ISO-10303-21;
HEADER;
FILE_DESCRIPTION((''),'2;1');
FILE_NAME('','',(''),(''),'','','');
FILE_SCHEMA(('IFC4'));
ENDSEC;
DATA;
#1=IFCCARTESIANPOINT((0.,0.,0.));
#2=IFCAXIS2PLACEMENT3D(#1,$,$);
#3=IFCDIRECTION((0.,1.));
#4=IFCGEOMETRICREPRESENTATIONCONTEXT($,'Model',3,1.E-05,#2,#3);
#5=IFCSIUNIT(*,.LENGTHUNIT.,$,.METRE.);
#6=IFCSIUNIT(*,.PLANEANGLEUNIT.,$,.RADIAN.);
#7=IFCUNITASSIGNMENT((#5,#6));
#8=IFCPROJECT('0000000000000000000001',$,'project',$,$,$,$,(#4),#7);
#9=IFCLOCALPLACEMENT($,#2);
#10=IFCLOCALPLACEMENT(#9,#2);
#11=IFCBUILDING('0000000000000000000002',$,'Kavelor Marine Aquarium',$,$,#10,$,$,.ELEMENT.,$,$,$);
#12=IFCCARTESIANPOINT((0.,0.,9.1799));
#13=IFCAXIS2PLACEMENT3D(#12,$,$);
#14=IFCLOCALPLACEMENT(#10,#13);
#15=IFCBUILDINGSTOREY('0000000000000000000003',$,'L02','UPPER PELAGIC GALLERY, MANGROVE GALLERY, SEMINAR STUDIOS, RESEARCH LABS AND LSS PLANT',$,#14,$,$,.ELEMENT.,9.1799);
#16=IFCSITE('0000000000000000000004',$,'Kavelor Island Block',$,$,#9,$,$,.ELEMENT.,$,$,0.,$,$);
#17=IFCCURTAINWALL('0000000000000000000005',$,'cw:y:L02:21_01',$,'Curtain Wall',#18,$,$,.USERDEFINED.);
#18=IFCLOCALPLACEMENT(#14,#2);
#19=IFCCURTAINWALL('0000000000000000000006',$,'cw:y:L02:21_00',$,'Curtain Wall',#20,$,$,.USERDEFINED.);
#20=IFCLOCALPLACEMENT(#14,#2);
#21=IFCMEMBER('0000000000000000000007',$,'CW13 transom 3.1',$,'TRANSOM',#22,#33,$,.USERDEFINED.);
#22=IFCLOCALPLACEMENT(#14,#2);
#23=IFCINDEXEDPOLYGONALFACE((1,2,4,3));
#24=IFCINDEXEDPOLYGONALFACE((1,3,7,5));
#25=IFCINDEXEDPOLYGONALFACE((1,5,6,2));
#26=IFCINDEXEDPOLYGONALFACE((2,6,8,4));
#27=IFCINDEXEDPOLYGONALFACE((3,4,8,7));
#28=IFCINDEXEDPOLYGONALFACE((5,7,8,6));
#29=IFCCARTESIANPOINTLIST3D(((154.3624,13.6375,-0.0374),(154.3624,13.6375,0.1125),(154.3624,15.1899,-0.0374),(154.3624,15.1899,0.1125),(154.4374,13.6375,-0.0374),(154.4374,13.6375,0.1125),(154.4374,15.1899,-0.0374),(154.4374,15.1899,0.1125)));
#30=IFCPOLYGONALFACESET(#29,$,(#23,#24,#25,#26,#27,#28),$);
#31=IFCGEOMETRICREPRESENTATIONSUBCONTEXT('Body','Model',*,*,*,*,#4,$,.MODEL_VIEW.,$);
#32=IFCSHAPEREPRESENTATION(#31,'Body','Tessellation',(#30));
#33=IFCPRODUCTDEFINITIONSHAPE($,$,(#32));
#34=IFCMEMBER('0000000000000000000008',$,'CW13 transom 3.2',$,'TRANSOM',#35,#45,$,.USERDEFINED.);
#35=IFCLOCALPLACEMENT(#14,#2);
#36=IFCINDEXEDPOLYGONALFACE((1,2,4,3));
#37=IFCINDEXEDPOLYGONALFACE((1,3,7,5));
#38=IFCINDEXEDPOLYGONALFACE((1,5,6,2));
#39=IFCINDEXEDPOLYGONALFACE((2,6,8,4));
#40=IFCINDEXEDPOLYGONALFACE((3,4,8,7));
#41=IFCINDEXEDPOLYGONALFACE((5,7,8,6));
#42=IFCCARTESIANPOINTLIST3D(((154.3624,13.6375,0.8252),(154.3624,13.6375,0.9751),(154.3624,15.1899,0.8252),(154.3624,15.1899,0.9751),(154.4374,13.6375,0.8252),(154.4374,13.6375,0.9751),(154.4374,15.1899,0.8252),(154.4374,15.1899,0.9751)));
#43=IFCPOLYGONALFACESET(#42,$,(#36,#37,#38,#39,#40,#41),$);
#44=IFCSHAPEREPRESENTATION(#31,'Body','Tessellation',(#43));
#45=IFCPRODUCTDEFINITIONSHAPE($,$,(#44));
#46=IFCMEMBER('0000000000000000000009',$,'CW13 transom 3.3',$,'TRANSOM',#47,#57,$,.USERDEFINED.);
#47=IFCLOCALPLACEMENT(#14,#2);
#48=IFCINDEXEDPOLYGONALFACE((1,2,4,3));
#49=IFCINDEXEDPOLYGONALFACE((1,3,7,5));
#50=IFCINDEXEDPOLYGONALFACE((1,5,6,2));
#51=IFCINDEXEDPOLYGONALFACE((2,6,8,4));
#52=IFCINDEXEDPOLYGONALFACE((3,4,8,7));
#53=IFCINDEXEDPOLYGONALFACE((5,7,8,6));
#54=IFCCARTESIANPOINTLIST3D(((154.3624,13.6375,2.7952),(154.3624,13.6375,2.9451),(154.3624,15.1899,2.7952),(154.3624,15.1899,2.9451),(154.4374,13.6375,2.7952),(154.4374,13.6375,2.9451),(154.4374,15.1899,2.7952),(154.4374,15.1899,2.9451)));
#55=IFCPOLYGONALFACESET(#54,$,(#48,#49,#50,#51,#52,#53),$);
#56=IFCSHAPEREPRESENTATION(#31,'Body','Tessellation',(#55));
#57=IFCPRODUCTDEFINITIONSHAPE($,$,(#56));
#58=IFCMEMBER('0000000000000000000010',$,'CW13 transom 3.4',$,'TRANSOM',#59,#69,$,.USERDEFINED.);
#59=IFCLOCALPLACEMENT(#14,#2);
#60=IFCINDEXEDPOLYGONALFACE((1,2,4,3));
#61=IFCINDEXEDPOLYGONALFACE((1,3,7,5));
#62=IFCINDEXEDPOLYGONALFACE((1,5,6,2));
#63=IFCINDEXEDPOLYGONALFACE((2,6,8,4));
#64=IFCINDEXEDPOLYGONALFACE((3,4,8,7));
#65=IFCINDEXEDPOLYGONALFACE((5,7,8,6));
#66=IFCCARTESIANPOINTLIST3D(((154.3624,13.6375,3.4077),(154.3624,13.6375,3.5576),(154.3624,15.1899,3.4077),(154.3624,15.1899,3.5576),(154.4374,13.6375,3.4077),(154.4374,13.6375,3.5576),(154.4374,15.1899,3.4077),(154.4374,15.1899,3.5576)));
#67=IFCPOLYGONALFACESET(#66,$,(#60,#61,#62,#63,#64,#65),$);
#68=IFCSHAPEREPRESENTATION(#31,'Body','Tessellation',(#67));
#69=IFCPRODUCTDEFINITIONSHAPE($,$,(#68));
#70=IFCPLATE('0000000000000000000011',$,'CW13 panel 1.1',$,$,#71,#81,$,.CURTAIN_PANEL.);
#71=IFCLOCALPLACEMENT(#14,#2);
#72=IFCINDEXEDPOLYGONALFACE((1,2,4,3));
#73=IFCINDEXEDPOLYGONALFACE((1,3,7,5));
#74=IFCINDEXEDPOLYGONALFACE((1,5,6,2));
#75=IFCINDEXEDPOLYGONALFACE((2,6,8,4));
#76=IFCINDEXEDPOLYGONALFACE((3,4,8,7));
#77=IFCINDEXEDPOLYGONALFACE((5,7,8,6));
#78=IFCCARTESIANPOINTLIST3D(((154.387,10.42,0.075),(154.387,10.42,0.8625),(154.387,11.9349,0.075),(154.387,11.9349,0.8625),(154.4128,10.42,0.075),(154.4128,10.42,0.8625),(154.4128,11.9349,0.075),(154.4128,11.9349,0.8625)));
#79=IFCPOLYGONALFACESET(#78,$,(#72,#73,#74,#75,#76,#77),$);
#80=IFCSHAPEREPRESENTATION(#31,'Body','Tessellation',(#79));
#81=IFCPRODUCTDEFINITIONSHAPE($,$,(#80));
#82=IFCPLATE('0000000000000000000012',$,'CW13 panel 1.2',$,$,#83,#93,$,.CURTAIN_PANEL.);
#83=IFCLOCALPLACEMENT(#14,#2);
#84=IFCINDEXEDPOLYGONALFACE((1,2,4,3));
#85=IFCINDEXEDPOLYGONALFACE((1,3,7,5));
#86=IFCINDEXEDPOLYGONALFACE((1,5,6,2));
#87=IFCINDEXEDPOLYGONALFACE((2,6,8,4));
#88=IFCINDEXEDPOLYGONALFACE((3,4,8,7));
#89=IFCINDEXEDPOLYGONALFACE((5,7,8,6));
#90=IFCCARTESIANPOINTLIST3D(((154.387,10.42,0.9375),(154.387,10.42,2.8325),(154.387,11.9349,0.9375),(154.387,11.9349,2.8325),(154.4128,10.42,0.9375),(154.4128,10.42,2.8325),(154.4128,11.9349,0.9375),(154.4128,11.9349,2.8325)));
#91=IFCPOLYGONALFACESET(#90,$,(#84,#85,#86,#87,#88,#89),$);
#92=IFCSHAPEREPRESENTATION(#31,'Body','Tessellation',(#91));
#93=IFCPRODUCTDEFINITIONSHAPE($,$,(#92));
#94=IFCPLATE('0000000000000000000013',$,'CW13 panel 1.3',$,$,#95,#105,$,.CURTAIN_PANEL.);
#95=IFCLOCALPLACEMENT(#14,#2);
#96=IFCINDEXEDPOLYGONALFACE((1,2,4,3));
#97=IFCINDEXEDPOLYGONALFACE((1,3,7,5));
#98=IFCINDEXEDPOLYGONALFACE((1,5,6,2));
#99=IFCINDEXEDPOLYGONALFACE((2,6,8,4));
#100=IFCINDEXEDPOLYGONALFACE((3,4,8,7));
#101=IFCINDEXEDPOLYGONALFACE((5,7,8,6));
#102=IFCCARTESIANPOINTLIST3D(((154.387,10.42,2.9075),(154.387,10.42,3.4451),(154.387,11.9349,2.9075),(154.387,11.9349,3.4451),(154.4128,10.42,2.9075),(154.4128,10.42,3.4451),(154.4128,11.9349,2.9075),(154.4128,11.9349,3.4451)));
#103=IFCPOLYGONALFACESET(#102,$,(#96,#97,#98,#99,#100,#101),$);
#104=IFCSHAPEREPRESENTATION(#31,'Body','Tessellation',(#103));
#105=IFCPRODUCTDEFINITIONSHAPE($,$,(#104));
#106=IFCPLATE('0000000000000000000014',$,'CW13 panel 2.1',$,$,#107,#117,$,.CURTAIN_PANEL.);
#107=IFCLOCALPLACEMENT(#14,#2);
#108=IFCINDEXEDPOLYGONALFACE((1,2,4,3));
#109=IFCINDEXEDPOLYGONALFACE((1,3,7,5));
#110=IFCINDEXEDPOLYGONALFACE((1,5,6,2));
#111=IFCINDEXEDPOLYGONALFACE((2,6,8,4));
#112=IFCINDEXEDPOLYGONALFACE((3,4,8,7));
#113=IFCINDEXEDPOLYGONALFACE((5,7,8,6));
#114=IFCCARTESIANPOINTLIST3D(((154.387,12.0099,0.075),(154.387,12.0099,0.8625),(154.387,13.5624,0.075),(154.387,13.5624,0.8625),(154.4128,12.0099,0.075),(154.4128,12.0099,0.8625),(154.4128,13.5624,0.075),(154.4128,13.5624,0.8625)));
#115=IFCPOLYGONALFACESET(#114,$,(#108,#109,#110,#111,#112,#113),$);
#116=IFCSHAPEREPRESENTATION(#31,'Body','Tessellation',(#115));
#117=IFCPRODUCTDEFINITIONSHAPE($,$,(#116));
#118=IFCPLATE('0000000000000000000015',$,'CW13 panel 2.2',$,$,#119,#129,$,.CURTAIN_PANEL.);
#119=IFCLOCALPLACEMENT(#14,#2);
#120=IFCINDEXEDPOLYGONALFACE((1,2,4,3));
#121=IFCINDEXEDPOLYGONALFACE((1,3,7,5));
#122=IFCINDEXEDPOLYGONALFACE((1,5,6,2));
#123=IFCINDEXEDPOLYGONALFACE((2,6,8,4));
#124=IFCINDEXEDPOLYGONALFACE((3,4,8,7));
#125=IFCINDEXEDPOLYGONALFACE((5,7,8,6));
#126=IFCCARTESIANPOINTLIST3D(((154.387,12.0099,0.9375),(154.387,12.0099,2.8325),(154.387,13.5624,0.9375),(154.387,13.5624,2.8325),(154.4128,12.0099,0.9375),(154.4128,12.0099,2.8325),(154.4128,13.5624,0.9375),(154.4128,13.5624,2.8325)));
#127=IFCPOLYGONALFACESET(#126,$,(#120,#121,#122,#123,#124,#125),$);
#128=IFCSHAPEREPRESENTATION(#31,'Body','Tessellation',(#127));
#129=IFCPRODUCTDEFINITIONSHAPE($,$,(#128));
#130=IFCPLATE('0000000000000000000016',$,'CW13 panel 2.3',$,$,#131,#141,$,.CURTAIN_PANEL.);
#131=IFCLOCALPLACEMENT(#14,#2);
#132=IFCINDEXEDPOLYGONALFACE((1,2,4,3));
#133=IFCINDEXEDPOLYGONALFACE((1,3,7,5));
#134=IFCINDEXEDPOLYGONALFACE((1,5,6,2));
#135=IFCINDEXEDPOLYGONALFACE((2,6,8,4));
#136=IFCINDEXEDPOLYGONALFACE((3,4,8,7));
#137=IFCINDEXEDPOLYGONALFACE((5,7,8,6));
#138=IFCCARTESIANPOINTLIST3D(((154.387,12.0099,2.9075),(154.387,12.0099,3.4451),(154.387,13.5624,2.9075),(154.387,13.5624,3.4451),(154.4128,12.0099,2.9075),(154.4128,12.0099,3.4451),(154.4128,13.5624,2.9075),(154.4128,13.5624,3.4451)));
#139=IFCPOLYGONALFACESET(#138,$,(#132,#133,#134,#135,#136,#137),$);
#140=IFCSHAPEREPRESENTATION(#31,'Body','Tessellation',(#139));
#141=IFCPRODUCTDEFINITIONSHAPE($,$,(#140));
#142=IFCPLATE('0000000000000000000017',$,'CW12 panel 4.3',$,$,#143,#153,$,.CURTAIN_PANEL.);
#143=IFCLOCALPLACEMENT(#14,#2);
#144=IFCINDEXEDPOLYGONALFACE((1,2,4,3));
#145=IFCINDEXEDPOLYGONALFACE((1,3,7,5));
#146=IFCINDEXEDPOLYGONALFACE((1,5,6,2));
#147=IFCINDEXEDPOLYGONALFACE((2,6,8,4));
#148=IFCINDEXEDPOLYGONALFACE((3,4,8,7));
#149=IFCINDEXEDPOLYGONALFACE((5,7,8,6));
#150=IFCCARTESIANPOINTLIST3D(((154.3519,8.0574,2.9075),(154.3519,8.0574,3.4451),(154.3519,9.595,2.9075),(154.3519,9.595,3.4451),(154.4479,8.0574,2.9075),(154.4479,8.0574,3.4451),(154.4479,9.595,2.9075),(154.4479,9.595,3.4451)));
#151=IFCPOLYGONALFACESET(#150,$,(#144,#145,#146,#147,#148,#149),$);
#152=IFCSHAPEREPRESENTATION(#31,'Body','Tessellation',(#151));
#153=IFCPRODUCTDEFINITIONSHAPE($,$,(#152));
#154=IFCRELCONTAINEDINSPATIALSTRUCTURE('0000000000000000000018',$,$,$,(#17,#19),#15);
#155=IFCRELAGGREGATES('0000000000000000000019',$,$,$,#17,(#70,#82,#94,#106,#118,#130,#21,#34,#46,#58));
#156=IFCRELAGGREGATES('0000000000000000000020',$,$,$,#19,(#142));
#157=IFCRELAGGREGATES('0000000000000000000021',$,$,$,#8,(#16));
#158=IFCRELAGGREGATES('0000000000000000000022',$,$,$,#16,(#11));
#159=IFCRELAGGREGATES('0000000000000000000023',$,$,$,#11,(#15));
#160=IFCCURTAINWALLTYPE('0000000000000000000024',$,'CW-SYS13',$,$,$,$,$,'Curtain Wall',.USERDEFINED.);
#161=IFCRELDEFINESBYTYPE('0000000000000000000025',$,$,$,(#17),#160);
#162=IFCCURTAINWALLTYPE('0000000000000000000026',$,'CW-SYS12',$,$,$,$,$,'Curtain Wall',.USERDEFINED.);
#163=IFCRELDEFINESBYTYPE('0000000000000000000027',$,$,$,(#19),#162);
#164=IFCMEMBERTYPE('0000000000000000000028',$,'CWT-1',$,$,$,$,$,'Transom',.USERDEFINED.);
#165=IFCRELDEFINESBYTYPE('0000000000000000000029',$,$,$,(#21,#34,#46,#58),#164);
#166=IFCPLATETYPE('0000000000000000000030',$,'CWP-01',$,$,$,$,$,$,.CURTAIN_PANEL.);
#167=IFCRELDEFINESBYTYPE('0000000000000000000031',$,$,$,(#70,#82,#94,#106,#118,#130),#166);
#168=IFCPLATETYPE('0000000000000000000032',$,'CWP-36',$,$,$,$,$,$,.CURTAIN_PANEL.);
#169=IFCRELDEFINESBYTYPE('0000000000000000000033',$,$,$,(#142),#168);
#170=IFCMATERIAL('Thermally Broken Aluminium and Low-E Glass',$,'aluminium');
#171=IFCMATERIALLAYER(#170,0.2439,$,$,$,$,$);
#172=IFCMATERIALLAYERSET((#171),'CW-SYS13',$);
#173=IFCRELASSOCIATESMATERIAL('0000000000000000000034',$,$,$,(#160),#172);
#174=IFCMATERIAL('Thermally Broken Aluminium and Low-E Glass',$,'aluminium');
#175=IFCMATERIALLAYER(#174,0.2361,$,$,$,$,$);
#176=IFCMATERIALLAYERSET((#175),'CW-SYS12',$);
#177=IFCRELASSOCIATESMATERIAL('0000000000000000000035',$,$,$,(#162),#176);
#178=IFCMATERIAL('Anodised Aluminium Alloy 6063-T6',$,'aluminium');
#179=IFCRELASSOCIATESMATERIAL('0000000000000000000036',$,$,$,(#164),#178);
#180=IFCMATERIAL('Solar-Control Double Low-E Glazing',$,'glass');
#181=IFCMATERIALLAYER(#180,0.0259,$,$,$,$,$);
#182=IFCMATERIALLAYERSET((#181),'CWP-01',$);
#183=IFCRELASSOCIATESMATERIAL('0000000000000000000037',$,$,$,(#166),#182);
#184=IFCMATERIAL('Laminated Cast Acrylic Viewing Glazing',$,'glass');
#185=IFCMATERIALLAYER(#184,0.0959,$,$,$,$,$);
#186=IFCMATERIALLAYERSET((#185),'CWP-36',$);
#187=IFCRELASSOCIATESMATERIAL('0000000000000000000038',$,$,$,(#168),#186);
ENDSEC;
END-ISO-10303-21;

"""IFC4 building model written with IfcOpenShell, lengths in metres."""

from ifc_helpers import new_model, si_unit, direction, frame, origin, origin_2d, place, context, subcontext, project, spatial, rectangle, extrude, material, layer, layer_set, material_profile, profile_set, type_object, element, aggregate, save


model = new_model("IFC4")

# Units and contexts
model_context = context("Model", 3, precision=1e-05, world=origin(), true_north=direction((0.0, 1.0)))
body_context = subcontext(model_context, "Body", "Model", "MODEL_VIEW")
ifc_project = project(units=[si_unit("LENGTHUNIT", "METRE"), si_unit("PLANEANGLEUNIT", "RADIAN")], contexts=[model_context])

# Site, building, storey
site_placement = place(None, origin())
site = spatial("IfcSite", under=ifc_project, at=site_placement, Name="Kavelor Island Block", CompositionType="ELEMENT", RefElevation=0.0)
building_placement = place(site_placement, origin())
building = spatial("IfcBuilding", under=site, at=building_placement, Name="Kavelor Marine Aquarium", CompositionType="ELEMENT")
storey_placement = place(building_placement, frame((0.0, 0.0, 9.1799)))
storey = spatial("IfcBuildingStorey", under=building, at=storey_placement, Name="L02", Description="UPPER PELAGIC GALLERY, MANGROVE GALLERY, SEMINAR STUDIOS, RESEARCH LABS AND LSS PLANT", CompositionType="ELEMENT", Elevation=9.1799)

# Curtain wall
ifc_material_1 = material(Name="Thermally Broken Aluminium and Low-E Glass", Category="aluminium")
ifc_layer_1 = layer(ifc_material_1, 0.2439)
ifc_layer_set_1 = layer_set([ifc_layer_1], Name="CW-SYS13")
curtain_wall_type_1 = type_object("IfcCurtainWallType", Name="CW-SYS13", ElementType="Curtain Wall", PredefinedType="USERDEFINED", material=ifc_layer_set_1)
curtain_wall_1_placement = place(storey_placement, origin())
curtain_wall_1 = element("IfcCurtainWall", 1, at=curtain_wall_1_placement, inside=storey, type_object=curtain_wall_type_1, Name="cw:y:L02:21_01", ObjectType="Curtain Wall", PredefinedType="USERDEFINED")

# Curtain wall
ifc_material_2 = material(Name="Thermally Broken Aluminium and Low-E Glass", Category="aluminium")
ifc_layer_2 = layer(ifc_material_2, 0.2361)
ifc_layer_set_2 = layer_set([ifc_layer_2], Name="CW-SYS12")
curtain_wall_type_2 = type_object("IfcCurtainWallType", Name="CW-SYS12", ElementType="Curtain Wall", PredefinedType="USERDEFINED", material=ifc_layer_set_2)
curtain_wall_2_placement = place(storey_placement, origin())
curtain_wall_2 = element("IfcCurtainWall", 2, at=curtain_wall_2_placement, inside=storey, type_object=curtain_wall_type_2, Name="cw:y:L02:21_00", ObjectType="Curtain Wall", PredefinedType="USERDEFINED")

# Members
ifc_material_3 = material(Name="Anodised Aluminium Alloy 6063-T6", Category="aluminium")
ifc_material_profile_1 = material_profile(ifc_material_3, rectangle(XDim=0.075, YDim=0.1499, at=origin_2d()), Name="CW-TRN 75x150")
ifc_profile_set_1 = profile_set([ifc_material_profile_1], Name="Anodised Aluminium Alloy 6063-T6")
member_type_1 = type_object("IfcMemberType", Name="CWT-1", ElementType="Transom", PredefinedType="USERDEFINED", material=ifc_profile_set_1)
member_1_placement = place(storey_placement, frame((154.3999, 13.6375, 0.0376), z_axis=(0.0, 1.0, 0.0), x_axis=(-1.0, 0.0, 0.0)))
member_1 = element("IfcMember", 3, at=member_1_placement, type_object=member_type_1, Name="CW13 transom 3.1", ObjectType="TRANSOM", PredefinedType="USERDEFINED", context=body_context, shape_type="SweptSolid", body=[
    extrude(rectangle(XDim=0.075, YDim=0.1499, at=origin_2d()), origin(), (0.0, 0.0, 1.0), 1.5525),
])
member_2_placement = place(storey_placement, frame((154.3999, 13.6375, 0.9001), z_axis=(0.0, 1.0, 0.0), x_axis=(-1.0, 0.0, 0.0)))
member_2 = element("IfcMember", 4, at=member_2_placement, type_object=member_type_1, Name="CW13 transom 3.2", ObjectType="TRANSOM", PredefinedType="USERDEFINED", context=body_context, shape_type="SweptSolid", body=[
    extrude(rectangle(XDim=0.075, YDim=0.1499, at=origin_2d()), origin(), (0.0, 0.0, 1.0), 1.5525),
])
member_3_placement = place(storey_placement, frame((154.3999, 13.6375, 2.8701), z_axis=(0.0, 1.0, 0.0), x_axis=(-1.0, 0.0, 0.0)))
member_3 = element("IfcMember", 5, at=member_3_placement, type_object=member_type_1, Name="CW13 transom 3.3", ObjectType="TRANSOM", PredefinedType="USERDEFINED", context=body_context, shape_type="SweptSolid", body=[
    extrude(rectangle(XDim=0.075, YDim=0.1499, at=origin_2d()), origin(), (0.0, 0.0, 1.0), 1.5525),
])
member_4_placement = place(storey_placement, frame((154.3999, 13.6375, 3.4827), z_axis=(0.0, 1.0, 0.0), x_axis=(-1.0, 0.0, 0.0)))
member_4 = element("IfcMember", 6, at=member_4_placement, type_object=member_type_1, Name="CW13 transom 3.4", ObjectType="TRANSOM", PredefinedType="USERDEFINED", context=body_context, shape_type="SweptSolid", body=[
    extrude(rectangle(XDim=0.075, YDim=0.1499, at=origin_2d()), origin(), (0.0, 0.0, 1.0), 1.5525),
])

# Plates
ifc_material_4 = material(Name="Solar-Control Double Low-E Glazing", Category="glass")
ifc_layer_3 = layer(ifc_material_4, 0.0259)
ifc_layer_set_3 = layer_set([ifc_layer_3], Name="CWP-01")
plate_type_1 = type_object("IfcPlateType", Name="CWP-01", PredefinedType="CURTAIN_PANEL", material=ifc_layer_set_3)
plate_1_placement = place(storey_placement, frame((154.3999, 11.1775, 0.075), z_axis=(0.0, 0.0, 1.0), x_axis=(0.0, 1.0, 0.0)))
plate_1 = element("IfcPlate", 7, at=plate_1_placement, type_object=plate_type_1, Name="CW13 panel 1.1", PredefinedType="CURTAIN_PANEL", context=body_context, shape_type="SweptSolid", body=[
    extrude(rectangle(XDim=1.5149, YDim=0.0259, at=origin_2d()), origin(), (0.0, 0.0, 1.0), 0.7876),
])
plate_2_placement = place(storey_placement, frame((154.3999, 11.1775, 0.9375), z_axis=(0.0, 0.0, 1.0), x_axis=(0.0, 1.0, 0.0)))
plate_2 = element("IfcPlate", 8, at=plate_2_placement, type_object=plate_type_1, Name="CW13 panel 1.2", PredefinedType="CURTAIN_PANEL", context=body_context, shape_type="SweptSolid", body=[
    extrude(rectangle(XDim=1.5149, YDim=0.0259, at=origin_2d()), origin(), (0.0, 0.0, 1.0), 1.895),
])
plate_3_placement = place(storey_placement, frame((154.3999, 11.1775, 2.9075), z_axis=(0.0, 0.0, 1.0), x_axis=(0.0, 1.0, 0.0)))
plate_3 = element("IfcPlate", 9, at=plate_3_placement, type_object=plate_type_1, Name="CW13 panel 1.3", PredefinedType="CURTAIN_PANEL", context=body_context, shape_type="SweptSolid", body=[
    extrude(rectangle(XDim=1.5149, YDim=0.0259, at=origin_2d()), origin(), (0.0, 0.0, 1.0), 0.5376),
])
plate_4_placement = place(storey_placement, frame((154.3999, 12.7861, 0.075), z_axis=(0.0, 0.0, 1.0), x_axis=(0.0, 1.0, 0.0)))
plate_4 = element("IfcPlate", 10, at=plate_4_placement, type_object=plate_type_1, Name="CW13 panel 2.1", PredefinedType="CURTAIN_PANEL", context=body_context, shape_type="SweptSolid", body=[
    extrude(rectangle(XDim=1.5525, YDim=0.0259, at=origin_2d()), origin(), (0.0, 0.0, 1.0), 0.7876),
])
plate_5_placement = place(storey_placement, frame((154.3999, 12.7861, 0.9375), z_axis=(0.0, 0.0, 1.0), x_axis=(0.0, 1.0, 0.0)))
plate_5 = element("IfcPlate", 11, at=plate_5_placement, type_object=plate_type_1, Name="CW13 panel 2.2", PredefinedType="CURTAIN_PANEL", context=body_context, shape_type="SweptSolid", body=[
    extrude(rectangle(XDim=1.5525, YDim=0.0259, at=origin_2d()), origin(), (0.0, 0.0, 1.0), 1.895),
])
plate_6_placement = place(storey_placement, frame((154.3999, 12.7861, 2.9075), z_axis=(0.0, 0.0, 1.0), x_axis=(0.0, 1.0, 0.0)))
plate_6 = element("IfcPlate", 12, at=plate_6_placement, type_object=plate_type_1, Name="CW13 panel 2.3", PredefinedType="CURTAIN_PANEL", context=body_context, shape_type="SweptSolid", body=[
    extrude(rectangle(XDim=1.5525, YDim=0.0259, at=origin_2d()), origin(), (0.0, 0.0, 1.0), 0.5376),
])
aggregate(curtain_wall_1, [plate_1, plate_2, plate_3, plate_4, plate_5, plate_6, member_1, member_2, member_3, member_4])
ifc_material_5 = material(Name="Laminated Cast Acrylic Viewing Glazing", Category="glass")
ifc_layer_4 = layer(ifc_material_5, 0.0959)
ifc_layer_set_4 = layer_set([ifc_layer_4], Name="CWP-36")
plate_type_2 = type_object("IfcPlateType", Name="CWP-36", PredefinedType="CURTAIN_PANEL", material=ifc_layer_set_4)
plate_7_placement = place(storey_placement, frame((154.3999, 8.8262, 2.9075), z_axis=(0.0, 0.0, 1.0), x_axis=(0.0, 1.0, 0.0)))
plate_7 = element("IfcPlate", 13, at=plate_7_placement, type_object=plate_type_2, Name="CW12 panel 4.3", PredefinedType="CURTAIN_PANEL", context=body_context, shape_type="SweptSolid", body=[
    extrude(rectangle(XDim=1.5376, YDim=0.0959, at=origin_2d()), origin(), (0.0, 0.0, 1.0), 0.5376),
])
aggregate(curtain_wall_2, [plate_7])

save(model, "model.ifc")
